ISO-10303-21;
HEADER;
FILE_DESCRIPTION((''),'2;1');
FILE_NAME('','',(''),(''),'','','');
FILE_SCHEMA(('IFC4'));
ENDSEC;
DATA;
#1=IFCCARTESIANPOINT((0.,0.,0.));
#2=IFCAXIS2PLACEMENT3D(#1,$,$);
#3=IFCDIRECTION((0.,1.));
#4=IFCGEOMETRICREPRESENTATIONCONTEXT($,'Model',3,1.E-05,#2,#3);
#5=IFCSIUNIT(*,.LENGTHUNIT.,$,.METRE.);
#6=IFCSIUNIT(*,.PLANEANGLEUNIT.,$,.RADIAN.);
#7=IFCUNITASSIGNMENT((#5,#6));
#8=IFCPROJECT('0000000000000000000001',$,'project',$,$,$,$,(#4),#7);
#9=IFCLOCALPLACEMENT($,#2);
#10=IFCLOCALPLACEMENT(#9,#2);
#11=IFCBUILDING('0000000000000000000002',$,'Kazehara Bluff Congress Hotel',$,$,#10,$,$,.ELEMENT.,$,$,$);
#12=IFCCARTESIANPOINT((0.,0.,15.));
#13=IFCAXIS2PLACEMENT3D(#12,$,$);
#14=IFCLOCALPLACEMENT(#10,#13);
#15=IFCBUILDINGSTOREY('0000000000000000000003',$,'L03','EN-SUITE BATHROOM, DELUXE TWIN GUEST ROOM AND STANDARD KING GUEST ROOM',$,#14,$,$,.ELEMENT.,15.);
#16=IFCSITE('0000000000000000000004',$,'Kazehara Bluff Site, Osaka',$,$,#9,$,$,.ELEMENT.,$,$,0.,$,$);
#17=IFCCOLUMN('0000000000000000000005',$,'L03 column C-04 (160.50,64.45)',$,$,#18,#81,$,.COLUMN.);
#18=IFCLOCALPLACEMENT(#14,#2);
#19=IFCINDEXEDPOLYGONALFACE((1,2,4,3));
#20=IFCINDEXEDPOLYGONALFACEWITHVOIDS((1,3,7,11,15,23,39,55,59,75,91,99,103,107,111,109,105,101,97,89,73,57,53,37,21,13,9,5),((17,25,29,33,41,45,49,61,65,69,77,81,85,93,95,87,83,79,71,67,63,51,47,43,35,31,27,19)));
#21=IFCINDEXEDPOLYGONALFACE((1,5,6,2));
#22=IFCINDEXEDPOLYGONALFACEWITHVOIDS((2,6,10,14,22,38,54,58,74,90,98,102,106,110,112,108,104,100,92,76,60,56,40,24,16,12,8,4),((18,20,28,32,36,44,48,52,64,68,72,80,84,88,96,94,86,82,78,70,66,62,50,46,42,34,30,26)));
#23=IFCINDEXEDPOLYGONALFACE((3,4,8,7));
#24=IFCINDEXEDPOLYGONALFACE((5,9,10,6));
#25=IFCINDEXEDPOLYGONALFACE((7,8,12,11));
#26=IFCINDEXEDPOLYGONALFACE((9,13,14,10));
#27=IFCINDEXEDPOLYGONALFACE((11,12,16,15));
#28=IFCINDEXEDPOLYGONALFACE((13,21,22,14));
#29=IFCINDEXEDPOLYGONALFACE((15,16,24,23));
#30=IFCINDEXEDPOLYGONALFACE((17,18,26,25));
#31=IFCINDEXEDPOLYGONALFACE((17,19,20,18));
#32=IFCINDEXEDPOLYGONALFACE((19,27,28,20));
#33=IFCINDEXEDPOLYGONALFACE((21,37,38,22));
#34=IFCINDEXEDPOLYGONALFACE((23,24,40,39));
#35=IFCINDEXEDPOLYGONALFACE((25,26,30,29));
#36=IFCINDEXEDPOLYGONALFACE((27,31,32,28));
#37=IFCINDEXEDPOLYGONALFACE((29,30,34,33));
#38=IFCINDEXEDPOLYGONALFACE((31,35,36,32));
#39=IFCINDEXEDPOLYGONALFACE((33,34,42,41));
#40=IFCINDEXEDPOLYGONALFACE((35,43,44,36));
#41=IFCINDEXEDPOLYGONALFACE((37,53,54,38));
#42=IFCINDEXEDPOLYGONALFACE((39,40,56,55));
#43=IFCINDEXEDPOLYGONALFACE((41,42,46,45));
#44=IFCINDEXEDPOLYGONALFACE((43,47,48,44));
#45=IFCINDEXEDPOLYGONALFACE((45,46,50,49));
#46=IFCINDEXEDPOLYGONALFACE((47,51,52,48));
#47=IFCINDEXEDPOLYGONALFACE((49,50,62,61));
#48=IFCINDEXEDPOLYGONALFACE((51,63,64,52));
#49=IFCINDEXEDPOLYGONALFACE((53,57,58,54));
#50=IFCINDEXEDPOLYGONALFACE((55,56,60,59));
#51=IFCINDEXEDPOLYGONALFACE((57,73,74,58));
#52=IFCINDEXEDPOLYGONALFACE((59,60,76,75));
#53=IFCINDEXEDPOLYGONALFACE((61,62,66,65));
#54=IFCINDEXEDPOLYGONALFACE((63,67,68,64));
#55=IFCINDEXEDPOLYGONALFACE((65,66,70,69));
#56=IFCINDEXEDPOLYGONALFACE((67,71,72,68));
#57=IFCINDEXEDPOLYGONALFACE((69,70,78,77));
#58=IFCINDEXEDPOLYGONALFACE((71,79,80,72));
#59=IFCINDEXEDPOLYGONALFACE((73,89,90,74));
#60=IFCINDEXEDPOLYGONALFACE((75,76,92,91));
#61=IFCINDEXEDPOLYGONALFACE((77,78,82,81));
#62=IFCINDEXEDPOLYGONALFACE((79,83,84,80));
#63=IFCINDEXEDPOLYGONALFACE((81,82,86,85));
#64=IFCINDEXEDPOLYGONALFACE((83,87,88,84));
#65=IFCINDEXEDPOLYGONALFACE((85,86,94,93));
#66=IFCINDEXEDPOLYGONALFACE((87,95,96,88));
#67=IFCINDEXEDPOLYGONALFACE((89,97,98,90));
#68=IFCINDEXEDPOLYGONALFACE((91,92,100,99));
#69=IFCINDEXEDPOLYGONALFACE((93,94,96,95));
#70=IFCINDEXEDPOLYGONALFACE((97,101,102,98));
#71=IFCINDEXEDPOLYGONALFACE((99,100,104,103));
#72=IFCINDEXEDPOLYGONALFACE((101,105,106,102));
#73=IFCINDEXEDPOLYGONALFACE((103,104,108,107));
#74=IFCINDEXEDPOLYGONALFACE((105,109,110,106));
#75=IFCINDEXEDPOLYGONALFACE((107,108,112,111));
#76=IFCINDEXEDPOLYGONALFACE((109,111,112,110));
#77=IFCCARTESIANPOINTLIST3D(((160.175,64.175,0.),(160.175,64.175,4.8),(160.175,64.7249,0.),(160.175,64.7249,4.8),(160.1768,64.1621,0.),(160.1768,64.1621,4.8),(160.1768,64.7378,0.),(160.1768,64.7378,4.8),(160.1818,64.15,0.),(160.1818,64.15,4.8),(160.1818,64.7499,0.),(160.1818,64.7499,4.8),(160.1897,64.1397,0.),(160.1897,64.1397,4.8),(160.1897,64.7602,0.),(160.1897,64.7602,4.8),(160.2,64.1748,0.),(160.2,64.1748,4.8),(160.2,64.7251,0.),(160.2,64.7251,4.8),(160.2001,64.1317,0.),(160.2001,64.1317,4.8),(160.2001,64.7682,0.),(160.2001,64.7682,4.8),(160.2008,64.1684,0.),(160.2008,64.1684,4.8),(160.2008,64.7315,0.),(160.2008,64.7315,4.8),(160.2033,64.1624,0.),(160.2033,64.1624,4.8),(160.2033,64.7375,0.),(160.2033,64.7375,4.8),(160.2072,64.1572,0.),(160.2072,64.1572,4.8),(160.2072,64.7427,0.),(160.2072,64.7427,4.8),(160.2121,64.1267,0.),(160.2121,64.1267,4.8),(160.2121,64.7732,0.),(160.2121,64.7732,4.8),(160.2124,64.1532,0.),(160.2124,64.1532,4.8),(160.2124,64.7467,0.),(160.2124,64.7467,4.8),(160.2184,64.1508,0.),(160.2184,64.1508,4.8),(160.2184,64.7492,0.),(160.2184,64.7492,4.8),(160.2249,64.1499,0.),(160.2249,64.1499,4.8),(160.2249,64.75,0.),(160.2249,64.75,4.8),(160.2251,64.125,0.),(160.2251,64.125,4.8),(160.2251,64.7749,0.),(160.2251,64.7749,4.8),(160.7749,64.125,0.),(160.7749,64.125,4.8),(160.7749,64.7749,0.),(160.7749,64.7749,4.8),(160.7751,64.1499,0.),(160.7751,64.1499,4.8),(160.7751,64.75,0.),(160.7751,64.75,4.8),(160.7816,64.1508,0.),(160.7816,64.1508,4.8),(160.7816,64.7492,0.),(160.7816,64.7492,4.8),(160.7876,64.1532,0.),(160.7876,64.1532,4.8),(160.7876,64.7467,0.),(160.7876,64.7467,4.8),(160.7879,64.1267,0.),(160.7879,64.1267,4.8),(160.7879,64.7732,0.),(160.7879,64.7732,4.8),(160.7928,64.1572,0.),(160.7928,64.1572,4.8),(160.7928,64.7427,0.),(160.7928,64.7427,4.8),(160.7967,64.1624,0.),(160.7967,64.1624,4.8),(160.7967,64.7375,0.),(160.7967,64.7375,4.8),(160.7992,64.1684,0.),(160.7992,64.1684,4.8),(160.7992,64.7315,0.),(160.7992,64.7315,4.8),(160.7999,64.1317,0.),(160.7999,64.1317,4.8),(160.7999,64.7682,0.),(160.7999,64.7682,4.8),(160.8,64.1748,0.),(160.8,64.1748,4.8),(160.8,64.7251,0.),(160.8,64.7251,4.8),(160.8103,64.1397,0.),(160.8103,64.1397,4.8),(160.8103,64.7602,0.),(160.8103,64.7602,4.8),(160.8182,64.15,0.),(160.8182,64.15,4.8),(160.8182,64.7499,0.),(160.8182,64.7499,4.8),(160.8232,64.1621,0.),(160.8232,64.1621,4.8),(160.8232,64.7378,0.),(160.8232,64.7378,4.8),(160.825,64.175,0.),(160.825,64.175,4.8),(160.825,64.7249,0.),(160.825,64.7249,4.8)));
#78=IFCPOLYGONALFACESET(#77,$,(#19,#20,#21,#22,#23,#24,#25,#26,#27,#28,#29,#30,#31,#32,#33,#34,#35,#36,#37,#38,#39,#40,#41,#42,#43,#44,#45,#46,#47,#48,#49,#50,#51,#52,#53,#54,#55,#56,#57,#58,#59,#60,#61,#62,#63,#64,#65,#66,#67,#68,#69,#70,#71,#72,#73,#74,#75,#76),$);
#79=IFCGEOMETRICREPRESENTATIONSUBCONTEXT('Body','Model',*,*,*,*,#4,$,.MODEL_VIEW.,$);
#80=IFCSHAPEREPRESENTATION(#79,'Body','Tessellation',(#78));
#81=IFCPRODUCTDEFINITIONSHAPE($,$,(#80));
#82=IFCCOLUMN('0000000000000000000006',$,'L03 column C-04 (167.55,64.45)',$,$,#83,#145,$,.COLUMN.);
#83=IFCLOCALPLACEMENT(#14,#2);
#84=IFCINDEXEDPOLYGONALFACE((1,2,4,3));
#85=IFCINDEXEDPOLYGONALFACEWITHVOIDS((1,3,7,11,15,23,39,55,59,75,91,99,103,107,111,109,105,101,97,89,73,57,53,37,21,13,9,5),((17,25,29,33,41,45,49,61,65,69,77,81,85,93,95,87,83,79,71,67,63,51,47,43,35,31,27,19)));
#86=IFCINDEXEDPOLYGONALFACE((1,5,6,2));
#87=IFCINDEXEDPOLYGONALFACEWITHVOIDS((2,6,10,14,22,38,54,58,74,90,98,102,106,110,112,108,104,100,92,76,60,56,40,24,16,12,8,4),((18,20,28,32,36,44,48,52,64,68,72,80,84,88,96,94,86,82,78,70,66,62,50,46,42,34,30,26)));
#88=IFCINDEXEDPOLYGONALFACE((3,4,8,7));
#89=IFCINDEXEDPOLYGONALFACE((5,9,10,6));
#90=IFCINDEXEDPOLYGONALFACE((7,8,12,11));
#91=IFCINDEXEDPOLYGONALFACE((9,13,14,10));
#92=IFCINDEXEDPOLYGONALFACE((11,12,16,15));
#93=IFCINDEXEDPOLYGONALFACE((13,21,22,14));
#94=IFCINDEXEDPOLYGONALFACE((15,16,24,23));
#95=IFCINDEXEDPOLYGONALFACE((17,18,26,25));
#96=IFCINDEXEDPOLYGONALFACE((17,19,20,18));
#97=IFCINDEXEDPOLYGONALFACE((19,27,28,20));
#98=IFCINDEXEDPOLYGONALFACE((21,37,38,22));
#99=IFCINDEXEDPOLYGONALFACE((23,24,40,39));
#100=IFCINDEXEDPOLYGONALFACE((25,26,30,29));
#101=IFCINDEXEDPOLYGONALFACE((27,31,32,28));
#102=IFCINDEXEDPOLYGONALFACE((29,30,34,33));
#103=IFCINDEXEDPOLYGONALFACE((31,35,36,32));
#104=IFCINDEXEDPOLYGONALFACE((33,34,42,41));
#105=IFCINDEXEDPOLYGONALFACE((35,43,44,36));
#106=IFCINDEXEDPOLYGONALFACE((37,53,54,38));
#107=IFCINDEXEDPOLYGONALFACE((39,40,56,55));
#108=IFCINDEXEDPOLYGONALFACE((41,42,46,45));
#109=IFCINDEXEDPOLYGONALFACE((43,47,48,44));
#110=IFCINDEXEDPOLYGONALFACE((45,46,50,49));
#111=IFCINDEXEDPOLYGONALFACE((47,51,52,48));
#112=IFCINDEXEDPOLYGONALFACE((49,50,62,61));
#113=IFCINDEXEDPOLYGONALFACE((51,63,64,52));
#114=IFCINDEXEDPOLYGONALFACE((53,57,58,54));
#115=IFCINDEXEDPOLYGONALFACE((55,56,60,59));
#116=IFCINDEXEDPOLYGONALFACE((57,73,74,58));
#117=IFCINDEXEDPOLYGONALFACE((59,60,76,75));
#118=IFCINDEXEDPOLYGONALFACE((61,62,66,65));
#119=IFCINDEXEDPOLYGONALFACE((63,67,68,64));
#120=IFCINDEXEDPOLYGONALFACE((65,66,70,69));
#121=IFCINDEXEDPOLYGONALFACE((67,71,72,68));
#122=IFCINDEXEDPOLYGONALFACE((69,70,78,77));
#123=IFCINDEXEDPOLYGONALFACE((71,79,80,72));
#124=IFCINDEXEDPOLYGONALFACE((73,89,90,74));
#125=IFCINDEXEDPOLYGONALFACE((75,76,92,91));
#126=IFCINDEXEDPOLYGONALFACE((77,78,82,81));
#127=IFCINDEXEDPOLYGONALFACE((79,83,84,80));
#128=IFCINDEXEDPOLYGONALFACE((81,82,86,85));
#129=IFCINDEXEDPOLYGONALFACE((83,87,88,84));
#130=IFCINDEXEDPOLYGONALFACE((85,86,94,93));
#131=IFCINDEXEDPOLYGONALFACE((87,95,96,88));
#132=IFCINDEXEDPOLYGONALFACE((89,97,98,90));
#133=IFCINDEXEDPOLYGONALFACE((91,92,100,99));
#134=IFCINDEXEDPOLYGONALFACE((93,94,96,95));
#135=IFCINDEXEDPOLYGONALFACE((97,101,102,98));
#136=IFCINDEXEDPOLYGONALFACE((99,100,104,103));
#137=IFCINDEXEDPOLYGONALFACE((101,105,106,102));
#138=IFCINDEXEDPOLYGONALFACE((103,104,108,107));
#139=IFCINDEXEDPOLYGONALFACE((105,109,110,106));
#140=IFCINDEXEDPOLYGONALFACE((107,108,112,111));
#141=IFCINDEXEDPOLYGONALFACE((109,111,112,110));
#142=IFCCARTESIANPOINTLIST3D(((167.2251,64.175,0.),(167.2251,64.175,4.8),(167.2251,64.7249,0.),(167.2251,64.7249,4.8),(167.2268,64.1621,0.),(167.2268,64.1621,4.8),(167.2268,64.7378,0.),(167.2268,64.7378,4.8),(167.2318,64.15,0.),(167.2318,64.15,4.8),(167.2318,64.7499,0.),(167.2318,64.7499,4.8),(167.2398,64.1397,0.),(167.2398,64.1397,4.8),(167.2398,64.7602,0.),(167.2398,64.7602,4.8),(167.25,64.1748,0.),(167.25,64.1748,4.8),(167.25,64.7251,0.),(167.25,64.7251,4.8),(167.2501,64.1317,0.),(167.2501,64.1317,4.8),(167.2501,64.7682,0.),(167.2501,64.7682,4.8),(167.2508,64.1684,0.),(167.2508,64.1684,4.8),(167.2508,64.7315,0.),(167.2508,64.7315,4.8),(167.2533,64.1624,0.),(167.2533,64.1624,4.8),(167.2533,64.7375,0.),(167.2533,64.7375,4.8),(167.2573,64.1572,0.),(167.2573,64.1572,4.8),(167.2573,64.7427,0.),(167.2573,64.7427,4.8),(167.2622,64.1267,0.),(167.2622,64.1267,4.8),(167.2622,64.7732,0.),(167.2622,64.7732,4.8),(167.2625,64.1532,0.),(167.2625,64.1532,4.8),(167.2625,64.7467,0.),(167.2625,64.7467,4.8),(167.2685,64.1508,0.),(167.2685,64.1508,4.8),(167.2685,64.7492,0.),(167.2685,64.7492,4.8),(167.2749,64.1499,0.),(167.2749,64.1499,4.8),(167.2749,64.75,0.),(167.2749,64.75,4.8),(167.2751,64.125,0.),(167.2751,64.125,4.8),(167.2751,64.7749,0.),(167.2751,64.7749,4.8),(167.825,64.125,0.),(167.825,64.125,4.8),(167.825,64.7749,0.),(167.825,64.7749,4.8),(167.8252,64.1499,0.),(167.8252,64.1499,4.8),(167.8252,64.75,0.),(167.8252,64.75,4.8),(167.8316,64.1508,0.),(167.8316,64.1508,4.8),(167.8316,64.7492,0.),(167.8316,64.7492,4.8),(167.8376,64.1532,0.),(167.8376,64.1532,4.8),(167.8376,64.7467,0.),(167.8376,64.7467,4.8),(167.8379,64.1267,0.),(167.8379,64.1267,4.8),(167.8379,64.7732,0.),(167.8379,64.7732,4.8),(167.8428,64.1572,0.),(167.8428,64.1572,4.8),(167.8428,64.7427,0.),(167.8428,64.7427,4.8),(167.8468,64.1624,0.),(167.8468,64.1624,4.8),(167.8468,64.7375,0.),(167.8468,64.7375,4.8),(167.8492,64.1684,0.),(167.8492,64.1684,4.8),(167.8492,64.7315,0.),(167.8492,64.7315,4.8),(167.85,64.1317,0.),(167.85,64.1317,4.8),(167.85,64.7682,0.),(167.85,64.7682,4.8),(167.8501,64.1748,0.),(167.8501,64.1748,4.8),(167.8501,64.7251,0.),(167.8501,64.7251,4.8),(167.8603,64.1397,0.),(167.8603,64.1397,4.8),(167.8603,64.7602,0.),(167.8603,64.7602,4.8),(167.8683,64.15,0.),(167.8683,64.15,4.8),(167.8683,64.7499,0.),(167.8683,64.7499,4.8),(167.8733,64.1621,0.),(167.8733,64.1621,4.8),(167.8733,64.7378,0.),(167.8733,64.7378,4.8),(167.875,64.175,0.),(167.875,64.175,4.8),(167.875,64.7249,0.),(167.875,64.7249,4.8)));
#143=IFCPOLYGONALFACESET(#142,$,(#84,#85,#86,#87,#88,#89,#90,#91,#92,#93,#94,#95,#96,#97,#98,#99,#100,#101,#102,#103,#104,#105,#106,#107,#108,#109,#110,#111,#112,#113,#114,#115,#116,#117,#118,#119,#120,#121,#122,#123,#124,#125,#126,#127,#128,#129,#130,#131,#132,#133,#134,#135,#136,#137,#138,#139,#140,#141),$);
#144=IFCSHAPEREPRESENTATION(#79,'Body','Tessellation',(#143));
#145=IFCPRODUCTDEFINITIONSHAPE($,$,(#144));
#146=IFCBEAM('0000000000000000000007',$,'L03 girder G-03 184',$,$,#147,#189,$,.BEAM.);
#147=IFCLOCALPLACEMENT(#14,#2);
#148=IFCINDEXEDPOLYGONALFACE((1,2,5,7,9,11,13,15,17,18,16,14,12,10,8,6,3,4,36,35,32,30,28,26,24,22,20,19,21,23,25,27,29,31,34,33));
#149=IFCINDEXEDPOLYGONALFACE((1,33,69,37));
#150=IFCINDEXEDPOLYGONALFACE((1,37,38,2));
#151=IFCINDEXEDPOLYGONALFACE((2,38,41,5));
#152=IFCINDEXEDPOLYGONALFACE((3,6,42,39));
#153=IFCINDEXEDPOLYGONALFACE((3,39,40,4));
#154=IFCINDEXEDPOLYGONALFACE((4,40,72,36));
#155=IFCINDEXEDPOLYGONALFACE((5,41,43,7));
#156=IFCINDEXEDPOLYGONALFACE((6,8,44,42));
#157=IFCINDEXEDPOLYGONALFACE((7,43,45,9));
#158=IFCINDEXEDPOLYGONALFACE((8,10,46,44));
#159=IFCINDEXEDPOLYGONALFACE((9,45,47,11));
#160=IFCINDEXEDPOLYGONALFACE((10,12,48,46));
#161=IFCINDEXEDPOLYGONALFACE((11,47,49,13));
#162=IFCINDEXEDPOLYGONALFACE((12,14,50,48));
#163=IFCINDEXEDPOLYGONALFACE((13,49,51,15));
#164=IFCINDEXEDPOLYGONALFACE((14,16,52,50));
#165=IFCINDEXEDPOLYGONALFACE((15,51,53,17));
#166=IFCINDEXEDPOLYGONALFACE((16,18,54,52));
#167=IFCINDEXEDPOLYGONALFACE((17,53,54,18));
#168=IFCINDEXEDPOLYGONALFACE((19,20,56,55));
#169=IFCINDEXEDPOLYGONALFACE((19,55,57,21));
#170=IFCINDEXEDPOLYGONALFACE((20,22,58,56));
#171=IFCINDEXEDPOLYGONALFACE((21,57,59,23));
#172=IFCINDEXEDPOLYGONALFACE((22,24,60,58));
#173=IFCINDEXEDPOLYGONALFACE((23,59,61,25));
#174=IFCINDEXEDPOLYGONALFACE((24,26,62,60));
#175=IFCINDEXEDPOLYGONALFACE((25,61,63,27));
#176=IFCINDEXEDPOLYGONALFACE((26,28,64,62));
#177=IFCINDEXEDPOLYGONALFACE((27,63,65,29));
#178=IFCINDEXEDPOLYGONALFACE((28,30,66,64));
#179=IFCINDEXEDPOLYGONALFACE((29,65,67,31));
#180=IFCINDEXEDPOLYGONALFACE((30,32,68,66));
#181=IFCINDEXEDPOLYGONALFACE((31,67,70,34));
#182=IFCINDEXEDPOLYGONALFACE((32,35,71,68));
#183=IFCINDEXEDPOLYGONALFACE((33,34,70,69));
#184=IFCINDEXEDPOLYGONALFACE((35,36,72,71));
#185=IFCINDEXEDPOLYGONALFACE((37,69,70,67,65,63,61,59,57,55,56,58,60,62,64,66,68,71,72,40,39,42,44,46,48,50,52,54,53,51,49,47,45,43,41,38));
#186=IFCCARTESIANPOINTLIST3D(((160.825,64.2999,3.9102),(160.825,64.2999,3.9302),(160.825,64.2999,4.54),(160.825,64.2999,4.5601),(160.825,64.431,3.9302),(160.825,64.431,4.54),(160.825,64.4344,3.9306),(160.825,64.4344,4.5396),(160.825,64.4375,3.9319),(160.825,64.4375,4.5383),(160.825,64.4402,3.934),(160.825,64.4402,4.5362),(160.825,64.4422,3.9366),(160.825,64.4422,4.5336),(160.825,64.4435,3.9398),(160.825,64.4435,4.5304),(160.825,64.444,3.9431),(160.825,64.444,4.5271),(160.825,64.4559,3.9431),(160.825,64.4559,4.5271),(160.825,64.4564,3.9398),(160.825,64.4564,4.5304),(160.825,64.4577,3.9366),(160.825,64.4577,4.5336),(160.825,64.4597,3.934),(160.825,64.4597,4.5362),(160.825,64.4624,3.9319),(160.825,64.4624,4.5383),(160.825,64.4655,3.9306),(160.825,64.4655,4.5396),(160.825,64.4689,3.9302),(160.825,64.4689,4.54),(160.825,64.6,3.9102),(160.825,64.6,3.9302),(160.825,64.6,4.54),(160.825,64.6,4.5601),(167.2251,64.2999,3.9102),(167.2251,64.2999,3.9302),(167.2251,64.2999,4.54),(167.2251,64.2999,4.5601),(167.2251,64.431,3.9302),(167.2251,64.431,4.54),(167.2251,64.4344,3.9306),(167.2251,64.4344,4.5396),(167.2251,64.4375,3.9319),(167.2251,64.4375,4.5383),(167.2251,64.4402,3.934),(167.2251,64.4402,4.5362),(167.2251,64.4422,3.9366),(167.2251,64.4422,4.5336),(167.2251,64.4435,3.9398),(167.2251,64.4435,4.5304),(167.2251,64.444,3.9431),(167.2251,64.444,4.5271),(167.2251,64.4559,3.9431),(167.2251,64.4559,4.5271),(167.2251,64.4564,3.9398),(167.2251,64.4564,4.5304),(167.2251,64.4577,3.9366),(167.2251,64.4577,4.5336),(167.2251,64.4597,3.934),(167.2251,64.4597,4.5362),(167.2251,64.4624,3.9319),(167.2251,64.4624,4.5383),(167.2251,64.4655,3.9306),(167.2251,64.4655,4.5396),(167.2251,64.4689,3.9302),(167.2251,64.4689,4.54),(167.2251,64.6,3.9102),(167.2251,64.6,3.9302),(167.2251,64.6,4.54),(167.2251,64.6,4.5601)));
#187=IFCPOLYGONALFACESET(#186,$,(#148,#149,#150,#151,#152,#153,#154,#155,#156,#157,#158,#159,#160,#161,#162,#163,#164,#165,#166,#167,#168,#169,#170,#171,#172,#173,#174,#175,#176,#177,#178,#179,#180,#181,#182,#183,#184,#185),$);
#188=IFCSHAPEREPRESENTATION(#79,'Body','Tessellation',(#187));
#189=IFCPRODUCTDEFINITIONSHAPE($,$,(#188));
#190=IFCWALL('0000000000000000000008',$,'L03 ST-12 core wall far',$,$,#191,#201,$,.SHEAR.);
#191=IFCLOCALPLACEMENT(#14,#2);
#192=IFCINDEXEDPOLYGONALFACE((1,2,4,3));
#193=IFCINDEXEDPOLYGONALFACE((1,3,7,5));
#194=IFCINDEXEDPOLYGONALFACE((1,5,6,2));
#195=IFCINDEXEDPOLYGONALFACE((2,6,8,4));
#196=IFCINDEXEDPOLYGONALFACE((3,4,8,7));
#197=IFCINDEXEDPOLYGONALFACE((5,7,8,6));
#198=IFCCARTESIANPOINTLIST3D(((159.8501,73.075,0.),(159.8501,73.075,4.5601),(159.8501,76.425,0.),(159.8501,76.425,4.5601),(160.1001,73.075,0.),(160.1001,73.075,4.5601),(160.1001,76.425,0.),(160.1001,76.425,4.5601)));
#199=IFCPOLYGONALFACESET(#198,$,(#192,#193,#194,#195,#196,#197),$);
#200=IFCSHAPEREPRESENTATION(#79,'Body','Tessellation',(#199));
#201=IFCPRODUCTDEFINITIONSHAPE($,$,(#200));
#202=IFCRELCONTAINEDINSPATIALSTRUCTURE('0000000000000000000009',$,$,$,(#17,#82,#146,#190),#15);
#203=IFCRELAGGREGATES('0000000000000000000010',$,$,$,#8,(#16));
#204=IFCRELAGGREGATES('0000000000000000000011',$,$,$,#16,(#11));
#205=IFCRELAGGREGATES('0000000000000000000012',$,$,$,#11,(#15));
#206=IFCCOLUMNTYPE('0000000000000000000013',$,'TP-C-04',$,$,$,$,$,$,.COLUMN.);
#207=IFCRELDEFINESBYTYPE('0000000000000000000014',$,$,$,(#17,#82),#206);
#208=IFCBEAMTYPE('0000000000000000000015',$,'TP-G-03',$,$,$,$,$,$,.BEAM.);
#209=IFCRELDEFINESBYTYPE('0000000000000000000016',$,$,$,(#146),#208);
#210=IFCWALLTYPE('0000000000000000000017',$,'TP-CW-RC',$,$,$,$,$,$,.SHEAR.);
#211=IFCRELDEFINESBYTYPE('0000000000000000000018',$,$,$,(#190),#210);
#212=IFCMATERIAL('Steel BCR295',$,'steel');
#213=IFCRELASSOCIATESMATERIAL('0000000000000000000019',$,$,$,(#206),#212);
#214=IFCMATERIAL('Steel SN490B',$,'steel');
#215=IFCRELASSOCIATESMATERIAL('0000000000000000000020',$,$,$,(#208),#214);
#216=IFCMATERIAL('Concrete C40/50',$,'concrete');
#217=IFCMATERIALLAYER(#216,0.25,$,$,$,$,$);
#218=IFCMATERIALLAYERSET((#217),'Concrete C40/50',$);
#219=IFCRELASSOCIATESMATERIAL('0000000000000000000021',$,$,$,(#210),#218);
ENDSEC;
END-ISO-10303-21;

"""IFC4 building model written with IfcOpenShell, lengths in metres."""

from ifc_helpers import new_model, si_unit, direction, frame, frame_2d, origin, origin_2d, place, context, subcontext, project, spatial, rectangle, hollow_rectangle, i_section, extrude, material, layer, layer_set, material_profile, profile_set, type_object, element, save


model = new_model("IFC4")

# Units and contexts
model_context = context("Model", 3, precision=1e-05, world=origin(), true_north=direction((0.0, 1.0)))
body_context = subcontext(model_context, "Body", "Model", "MODEL_VIEW")
ifc_project = project(units=[si_unit("LENGTHUNIT", "METRE"), si_unit("PLANEANGLEUNIT", "RADIAN")], contexts=[model_context])

# Site, building, storey
site_placement = place(None, origin())
site = spatial("IfcSite", under=ifc_project, at=site_placement, Name="Kazehara Bluff Site, Osaka", CompositionType="ELEMENT", RefElevation=0.0)
building_placement = place(site_placement, origin())
building = spatial("IfcBuilding", under=site, at=building_placement, Name="Kazehara Bluff Congress Hotel", CompositionType="ELEMENT")
storey_placement = place(building_placement, frame((0.0, 0.0, 15.0)))
storey = spatial("IfcBuildingStorey", under=building, at=storey_placement, Name="L03", Description="EN-SUITE BATHROOM, DELUXE TWIN GUEST ROOM AND STANDARD KING GUEST ROOM", CompositionType="ELEMENT", Elevation=15.0)

# Columns
ifc_material_1 = material(Name="Steel BCR295", Category="steel")
ifc_material_profile_1 = material_profile(ifc_material_1, hollow_rectangle(XDim=0.6499, YDim=0.6499, WallThickness=0.0249, InnerFilletRadius=0.0249, OuterFilletRadius=0.05, at=origin_2d()))
ifc_profile_set_1 = profile_set([ifc_material_profile_1], Name="Steel BCR295")
column_type = type_object("IfcColumnType", Name="TP-C-04", PredefinedType="COLUMN", material=ifc_profile_set_1)
for number, where, z_axis, x_axis, name in (
    (1, (160.5, 64.45, 0.0), (0.0, 0.0, 1.0), (1.0, 0.0, 0.0), "L03 column C-04 (160.50,64.45)"),
    (2, (167.55, 64.45, 0.0), (0.0, 0.0, 1.0), (1.0, 0.0, 0.0), "L03 column C-04 (167.55,64.45)"),
):
    element("IfcColumn", number, at=place(storey_placement, frame(where, z_axis=z_axis, x_axis=x_axis)), inside=storey, type_object=column_type, Name=name, PredefinedType="COLUMN", context=body_context, shape_type="SweptSolid", body=[
        extrude(hollow_rectangle(XDim=0.6499, YDim=0.6499, WallThickness=0.0249, InnerFilletRadius=0.0249, OuterFilletRadius=0.05, at=origin_2d()), origin(), (0.0, 0.0, 1.0), 4.8),
    ])

# Beam
ifc_material_2 = material(Name="Steel SN490B", Category="steel")
ifc_material_profile_2 = material_profile(ifc_material_2, i_section(OverallWidth=0.3, OverallDepth=0.6499, WebThickness=0.012, FlangeThickness=0.02, FilletRadius=0.0129, at=origin_2d()))
ifc_profile_set_2 = profile_set([ifc_material_profile_2], Name="Steel SN490B")
beam_type = type_object("IfcBeamType", Name="TP-G-03", PredefinedType="BEAM", material=ifc_profile_set_2)
beam_placement = place(storey_placement, frame((160.825, 64.45, 4.2351), z_axis=(1.0, 0.0, 0.0), x_axis=(0.0, 1.0, 0.0)))
element("IfcBeam", 3, at=beam_placement, inside=storey, type_object=beam_type, Name="L03 girder G-03 184", PredefinedType="BEAM", context=body_context, shape_type="SweptSolid", body=[
    extrude(i_section(OverallWidth=0.3, OverallDepth=0.6499, WebThickness=0.012, FlangeThickness=0.02, FilletRadius=0.0129, at=origin_2d()), origin(), (0.0, 0.0, 1.0), 6.4001),
])

# Wall
ifc_material_3 = material(Name="Concrete C40/50", Category="concrete")
ifc_layer_1 = layer(ifc_material_3, 0.25)
ifc_layer_set_1 = layer_set([ifc_layer_1], Name="Concrete C40/50")
wall_type_1 = type_object("IfcWallType", Name="TP-CW-RC", PredefinedType="SHEAR", material=ifc_layer_set_1)
wall_1_placement = place(storey_placement, frame((159.9751, 73.075, 0.0), z_axis=(0.0, 0.0, 1.0), x_axis=(0.0, 1.0, 0.0)))
element("IfcWall", 4, at=wall_1_placement, inside=storey, type_object=wall_type_1, Name="L03 ST-12 core wall far", PredefinedType="SHEAR", context=body_context, shape_type="SweptSolid", body=[
    extrude(rectangle(XDim=3.3501, YDim=0.25, at=frame_2d((1.675, 0.0))), origin(), (0.0, 0.0, 1.0), 4.5601),
])

save(model, "model.ifc")
